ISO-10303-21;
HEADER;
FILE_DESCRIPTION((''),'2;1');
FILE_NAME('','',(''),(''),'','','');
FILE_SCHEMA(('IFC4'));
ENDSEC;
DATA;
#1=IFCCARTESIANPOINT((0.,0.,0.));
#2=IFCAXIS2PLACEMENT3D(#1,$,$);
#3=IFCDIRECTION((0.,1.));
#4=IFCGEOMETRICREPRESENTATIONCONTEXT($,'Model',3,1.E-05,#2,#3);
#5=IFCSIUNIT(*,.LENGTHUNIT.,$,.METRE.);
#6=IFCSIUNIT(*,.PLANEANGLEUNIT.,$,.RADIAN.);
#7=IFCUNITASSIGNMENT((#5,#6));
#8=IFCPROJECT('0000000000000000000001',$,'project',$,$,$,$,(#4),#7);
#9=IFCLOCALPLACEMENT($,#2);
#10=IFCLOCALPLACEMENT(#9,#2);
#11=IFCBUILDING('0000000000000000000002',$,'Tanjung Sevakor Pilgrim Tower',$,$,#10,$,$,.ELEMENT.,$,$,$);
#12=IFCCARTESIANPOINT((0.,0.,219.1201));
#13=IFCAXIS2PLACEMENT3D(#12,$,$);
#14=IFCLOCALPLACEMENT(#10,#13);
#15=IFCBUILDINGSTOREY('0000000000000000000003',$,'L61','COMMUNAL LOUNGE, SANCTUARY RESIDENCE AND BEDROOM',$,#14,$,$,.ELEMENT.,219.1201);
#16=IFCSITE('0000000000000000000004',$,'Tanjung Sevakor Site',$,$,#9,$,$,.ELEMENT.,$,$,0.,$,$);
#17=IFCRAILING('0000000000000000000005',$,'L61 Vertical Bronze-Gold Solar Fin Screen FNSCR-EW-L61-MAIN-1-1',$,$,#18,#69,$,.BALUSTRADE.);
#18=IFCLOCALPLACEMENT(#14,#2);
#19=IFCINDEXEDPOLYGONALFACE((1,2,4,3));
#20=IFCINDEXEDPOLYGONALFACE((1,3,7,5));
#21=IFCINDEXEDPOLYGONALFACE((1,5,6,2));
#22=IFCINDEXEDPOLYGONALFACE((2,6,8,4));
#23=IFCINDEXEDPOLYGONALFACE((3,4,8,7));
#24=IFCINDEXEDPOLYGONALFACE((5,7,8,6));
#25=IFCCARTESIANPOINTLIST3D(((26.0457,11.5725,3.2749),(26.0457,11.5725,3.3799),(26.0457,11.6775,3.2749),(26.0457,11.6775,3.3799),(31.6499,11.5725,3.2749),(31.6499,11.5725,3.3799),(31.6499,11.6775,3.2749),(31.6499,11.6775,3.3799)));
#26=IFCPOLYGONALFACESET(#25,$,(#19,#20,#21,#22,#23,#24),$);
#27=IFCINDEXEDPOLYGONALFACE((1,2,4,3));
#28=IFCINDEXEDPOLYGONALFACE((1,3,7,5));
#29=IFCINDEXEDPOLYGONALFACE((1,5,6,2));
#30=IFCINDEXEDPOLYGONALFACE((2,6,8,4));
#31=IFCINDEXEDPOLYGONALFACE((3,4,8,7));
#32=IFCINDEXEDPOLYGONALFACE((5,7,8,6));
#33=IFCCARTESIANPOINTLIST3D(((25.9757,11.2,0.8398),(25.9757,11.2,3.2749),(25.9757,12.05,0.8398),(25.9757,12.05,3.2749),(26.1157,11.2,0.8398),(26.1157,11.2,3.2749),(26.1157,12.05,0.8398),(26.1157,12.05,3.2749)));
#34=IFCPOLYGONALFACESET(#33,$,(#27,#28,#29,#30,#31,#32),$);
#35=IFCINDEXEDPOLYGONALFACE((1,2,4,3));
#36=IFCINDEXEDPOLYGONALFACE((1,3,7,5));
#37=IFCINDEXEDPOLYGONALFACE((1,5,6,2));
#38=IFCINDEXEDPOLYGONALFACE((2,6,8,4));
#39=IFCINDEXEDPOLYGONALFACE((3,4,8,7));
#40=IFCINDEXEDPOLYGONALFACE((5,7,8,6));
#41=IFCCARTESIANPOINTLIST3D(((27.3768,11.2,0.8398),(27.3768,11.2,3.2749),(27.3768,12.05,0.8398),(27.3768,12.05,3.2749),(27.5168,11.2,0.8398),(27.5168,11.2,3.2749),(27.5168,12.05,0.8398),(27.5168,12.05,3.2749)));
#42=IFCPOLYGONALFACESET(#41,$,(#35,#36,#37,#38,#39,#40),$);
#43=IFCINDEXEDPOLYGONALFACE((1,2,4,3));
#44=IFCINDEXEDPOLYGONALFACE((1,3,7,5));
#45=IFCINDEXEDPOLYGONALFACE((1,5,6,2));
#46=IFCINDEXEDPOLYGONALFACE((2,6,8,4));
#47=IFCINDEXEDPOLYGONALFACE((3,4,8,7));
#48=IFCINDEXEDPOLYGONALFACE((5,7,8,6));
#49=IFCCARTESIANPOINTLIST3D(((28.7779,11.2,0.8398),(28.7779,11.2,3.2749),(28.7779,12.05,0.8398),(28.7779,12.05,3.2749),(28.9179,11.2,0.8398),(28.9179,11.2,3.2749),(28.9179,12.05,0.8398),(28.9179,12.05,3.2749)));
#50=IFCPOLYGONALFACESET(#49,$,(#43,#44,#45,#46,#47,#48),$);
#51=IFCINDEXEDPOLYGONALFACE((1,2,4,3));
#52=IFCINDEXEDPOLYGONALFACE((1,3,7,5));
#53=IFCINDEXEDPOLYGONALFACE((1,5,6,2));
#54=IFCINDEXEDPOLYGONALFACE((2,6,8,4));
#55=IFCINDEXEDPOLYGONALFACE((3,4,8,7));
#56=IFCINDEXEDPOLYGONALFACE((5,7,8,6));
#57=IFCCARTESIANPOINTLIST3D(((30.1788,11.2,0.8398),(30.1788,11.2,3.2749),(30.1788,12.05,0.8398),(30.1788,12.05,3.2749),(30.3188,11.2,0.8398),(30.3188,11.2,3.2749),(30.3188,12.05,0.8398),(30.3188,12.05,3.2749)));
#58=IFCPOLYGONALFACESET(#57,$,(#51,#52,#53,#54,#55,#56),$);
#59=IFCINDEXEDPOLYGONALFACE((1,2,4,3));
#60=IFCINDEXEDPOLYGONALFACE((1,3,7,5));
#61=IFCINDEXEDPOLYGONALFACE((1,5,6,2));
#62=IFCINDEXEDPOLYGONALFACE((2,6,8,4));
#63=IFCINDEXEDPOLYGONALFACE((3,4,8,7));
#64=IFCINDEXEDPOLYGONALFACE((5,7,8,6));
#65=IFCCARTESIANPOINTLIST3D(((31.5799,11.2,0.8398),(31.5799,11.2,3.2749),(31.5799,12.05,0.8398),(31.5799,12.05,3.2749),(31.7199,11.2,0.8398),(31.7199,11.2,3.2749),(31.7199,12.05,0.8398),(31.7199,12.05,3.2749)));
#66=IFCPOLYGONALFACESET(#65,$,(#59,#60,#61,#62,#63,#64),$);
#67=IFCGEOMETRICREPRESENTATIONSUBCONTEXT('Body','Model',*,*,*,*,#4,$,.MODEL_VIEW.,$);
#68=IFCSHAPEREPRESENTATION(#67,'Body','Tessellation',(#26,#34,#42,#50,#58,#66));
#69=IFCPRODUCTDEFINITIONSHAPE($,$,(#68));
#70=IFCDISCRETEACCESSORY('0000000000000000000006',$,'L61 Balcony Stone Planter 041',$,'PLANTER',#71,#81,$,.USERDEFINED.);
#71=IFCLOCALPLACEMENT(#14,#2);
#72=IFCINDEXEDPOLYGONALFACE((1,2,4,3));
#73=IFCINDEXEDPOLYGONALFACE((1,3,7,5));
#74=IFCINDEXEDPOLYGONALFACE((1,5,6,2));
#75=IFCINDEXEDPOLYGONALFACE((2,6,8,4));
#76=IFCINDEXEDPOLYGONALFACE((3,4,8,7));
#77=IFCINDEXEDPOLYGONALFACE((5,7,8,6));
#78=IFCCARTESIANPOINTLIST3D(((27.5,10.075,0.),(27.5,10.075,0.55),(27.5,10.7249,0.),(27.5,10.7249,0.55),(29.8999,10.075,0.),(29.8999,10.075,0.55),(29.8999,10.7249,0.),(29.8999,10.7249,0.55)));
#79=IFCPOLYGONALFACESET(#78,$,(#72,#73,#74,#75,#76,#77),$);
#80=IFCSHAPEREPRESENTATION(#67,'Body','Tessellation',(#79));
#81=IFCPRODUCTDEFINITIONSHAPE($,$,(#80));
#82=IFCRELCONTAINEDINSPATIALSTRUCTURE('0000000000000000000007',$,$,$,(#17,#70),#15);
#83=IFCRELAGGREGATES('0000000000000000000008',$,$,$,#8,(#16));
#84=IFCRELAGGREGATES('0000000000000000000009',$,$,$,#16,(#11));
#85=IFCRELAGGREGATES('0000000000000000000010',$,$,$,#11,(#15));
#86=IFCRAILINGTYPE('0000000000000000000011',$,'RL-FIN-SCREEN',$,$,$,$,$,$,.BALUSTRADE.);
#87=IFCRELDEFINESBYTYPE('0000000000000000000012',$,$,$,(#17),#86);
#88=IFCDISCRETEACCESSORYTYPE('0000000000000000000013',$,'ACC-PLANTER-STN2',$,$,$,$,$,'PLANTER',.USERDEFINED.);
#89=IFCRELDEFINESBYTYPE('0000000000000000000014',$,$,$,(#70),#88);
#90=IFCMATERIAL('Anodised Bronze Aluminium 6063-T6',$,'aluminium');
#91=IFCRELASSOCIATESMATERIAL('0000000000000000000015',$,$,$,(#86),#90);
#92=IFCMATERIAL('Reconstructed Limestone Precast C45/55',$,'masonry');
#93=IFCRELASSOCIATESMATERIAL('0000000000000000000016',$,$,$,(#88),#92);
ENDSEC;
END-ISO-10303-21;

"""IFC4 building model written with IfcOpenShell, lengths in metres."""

from ifc_helpers import new_model, si_unit, direction, frame, origin, origin_2d, place, context, subcontext, project, spatial, rectangle, extrude, material, type_object, element, save


model = new_model("IFC4")

# Units and contexts
model_context = context("Model", 3, precision=1e-05, world=origin(), true_north=direction((0.0, 1.0)))
body_context = subcontext(model_context, "Body", "Model", "MODEL_VIEW")
ifc_project = project(units=[si_unit("LENGTHUNIT", "METRE"), si_unit("PLANEANGLEUNIT", "RADIAN")], contexts=[model_context])

# Site, building, storey
site_placement = place(None, origin())
site = spatial("IfcSite", under=ifc_project, at=site_placement, Name="Tanjung Sevakor Site", CompositionType="ELEMENT", RefElevation=0.0)
building_placement = place(site_placement, origin())
building = spatial("IfcBuilding", under=site, at=building_placement, Name="Tanjung Sevakor Pilgrim Tower", CompositionType="ELEMENT")
storey_placement = place(building_placement, frame((0.0, 0.0, 219.1201)))
storey = spatial("IfcBuildingStorey", under=building, at=storey_placement, Name="L61", Description="COMMUNAL LOUNGE, SANCTUARY RESIDENCE AND BEDROOM", CompositionType="ELEMENT", Elevation=219.1201)

# Railing
ifc_material_1 = material(Name="Anodised Bronze Aluminium 6063-T6", Category="aluminium")
railing_type_1 = type_object("IfcRailingType", Name="RL-FIN-SCREEN", PredefinedType="BALUSTRADE", material=ifc_material_1)
railing_1_placement = place(storey_placement, frame((26.0457, 11.625, 0.8398)))
element("IfcRailing", 1, at=railing_1_placement, inside=storey, type_object=railing_type_1, Name="L61 Vertical Bronze-Gold Solar Fin Screen FNSCR-EW-L61-MAIN-1-1", PredefinedType="BALUSTRADE", context=body_context, shape_type="SweptSolid", body=[
    extrude(rectangle(XDim=0.105, YDim=0.105), frame((0.0, 0.0, 2.4875), z_axis=(1.0, 0.0, 0.0), x_axis=(0.0, 1.0, 0.0)), (0.0, 0.0, 1.0), 5.6042),
    extrude(rectangle(XDim=0.14, YDim=0.85), origin(), (0.0, 0.0, 1.0), 2.4351),
    extrude(rectangle(XDim=0.14, YDim=0.85), frame((1.4011, 0.0, 0.0)), (0.0, 0.0, 1.0), 2.4351),
    extrude(rectangle(XDim=0.14, YDim=0.85), frame((2.8022, 0.0, 0.0)), (0.0, 0.0, 1.0), 2.4351),
    extrude(rectangle(XDim=0.14, YDim=0.85), frame((4.2031, 0.0, 0.0)), (0.0, 0.0, 1.0), 2.4351),
    extrude(rectangle(XDim=0.14, YDim=0.85), frame((5.6042, 0.0, 0.0)), (0.0, 0.0, 1.0), 2.4351),
])

# Discrete accessory
ifc_material_2 = material(Name="Reconstructed Limestone Precast C45/55", Category="masonry")
discrete_accessory_type = type_object("IfcDiscreteAccessoryType", Name="ACC-PLANTER-STN2", ElementType="PLANTER", PredefinedType="USERDEFINED", material=ifc_material_2)
discrete_accessory_placement = place(storey_placement, frame((28.7, 10.3999, 0.0), z_axis=(0.0, 0.0, 1.0), x_axis=(1.0, 0.0, 0.0)))
element("IfcDiscreteAccessory", 2, at=discrete_accessory_placement, inside=storey, type_object=discrete_accessory_type, Name="L61 Balcony Stone Planter 041", ObjectType="PLANTER", PredefinedType="USERDEFINED", context=body_context, shape_type="SweptSolid", body=[
    extrude(rectangle(XDim=2.3999, YDim=0.6499, at=origin_2d()), origin(), (0.0, 0.0, 1.0), 0.55),
])

save(model, "model.ifc")
